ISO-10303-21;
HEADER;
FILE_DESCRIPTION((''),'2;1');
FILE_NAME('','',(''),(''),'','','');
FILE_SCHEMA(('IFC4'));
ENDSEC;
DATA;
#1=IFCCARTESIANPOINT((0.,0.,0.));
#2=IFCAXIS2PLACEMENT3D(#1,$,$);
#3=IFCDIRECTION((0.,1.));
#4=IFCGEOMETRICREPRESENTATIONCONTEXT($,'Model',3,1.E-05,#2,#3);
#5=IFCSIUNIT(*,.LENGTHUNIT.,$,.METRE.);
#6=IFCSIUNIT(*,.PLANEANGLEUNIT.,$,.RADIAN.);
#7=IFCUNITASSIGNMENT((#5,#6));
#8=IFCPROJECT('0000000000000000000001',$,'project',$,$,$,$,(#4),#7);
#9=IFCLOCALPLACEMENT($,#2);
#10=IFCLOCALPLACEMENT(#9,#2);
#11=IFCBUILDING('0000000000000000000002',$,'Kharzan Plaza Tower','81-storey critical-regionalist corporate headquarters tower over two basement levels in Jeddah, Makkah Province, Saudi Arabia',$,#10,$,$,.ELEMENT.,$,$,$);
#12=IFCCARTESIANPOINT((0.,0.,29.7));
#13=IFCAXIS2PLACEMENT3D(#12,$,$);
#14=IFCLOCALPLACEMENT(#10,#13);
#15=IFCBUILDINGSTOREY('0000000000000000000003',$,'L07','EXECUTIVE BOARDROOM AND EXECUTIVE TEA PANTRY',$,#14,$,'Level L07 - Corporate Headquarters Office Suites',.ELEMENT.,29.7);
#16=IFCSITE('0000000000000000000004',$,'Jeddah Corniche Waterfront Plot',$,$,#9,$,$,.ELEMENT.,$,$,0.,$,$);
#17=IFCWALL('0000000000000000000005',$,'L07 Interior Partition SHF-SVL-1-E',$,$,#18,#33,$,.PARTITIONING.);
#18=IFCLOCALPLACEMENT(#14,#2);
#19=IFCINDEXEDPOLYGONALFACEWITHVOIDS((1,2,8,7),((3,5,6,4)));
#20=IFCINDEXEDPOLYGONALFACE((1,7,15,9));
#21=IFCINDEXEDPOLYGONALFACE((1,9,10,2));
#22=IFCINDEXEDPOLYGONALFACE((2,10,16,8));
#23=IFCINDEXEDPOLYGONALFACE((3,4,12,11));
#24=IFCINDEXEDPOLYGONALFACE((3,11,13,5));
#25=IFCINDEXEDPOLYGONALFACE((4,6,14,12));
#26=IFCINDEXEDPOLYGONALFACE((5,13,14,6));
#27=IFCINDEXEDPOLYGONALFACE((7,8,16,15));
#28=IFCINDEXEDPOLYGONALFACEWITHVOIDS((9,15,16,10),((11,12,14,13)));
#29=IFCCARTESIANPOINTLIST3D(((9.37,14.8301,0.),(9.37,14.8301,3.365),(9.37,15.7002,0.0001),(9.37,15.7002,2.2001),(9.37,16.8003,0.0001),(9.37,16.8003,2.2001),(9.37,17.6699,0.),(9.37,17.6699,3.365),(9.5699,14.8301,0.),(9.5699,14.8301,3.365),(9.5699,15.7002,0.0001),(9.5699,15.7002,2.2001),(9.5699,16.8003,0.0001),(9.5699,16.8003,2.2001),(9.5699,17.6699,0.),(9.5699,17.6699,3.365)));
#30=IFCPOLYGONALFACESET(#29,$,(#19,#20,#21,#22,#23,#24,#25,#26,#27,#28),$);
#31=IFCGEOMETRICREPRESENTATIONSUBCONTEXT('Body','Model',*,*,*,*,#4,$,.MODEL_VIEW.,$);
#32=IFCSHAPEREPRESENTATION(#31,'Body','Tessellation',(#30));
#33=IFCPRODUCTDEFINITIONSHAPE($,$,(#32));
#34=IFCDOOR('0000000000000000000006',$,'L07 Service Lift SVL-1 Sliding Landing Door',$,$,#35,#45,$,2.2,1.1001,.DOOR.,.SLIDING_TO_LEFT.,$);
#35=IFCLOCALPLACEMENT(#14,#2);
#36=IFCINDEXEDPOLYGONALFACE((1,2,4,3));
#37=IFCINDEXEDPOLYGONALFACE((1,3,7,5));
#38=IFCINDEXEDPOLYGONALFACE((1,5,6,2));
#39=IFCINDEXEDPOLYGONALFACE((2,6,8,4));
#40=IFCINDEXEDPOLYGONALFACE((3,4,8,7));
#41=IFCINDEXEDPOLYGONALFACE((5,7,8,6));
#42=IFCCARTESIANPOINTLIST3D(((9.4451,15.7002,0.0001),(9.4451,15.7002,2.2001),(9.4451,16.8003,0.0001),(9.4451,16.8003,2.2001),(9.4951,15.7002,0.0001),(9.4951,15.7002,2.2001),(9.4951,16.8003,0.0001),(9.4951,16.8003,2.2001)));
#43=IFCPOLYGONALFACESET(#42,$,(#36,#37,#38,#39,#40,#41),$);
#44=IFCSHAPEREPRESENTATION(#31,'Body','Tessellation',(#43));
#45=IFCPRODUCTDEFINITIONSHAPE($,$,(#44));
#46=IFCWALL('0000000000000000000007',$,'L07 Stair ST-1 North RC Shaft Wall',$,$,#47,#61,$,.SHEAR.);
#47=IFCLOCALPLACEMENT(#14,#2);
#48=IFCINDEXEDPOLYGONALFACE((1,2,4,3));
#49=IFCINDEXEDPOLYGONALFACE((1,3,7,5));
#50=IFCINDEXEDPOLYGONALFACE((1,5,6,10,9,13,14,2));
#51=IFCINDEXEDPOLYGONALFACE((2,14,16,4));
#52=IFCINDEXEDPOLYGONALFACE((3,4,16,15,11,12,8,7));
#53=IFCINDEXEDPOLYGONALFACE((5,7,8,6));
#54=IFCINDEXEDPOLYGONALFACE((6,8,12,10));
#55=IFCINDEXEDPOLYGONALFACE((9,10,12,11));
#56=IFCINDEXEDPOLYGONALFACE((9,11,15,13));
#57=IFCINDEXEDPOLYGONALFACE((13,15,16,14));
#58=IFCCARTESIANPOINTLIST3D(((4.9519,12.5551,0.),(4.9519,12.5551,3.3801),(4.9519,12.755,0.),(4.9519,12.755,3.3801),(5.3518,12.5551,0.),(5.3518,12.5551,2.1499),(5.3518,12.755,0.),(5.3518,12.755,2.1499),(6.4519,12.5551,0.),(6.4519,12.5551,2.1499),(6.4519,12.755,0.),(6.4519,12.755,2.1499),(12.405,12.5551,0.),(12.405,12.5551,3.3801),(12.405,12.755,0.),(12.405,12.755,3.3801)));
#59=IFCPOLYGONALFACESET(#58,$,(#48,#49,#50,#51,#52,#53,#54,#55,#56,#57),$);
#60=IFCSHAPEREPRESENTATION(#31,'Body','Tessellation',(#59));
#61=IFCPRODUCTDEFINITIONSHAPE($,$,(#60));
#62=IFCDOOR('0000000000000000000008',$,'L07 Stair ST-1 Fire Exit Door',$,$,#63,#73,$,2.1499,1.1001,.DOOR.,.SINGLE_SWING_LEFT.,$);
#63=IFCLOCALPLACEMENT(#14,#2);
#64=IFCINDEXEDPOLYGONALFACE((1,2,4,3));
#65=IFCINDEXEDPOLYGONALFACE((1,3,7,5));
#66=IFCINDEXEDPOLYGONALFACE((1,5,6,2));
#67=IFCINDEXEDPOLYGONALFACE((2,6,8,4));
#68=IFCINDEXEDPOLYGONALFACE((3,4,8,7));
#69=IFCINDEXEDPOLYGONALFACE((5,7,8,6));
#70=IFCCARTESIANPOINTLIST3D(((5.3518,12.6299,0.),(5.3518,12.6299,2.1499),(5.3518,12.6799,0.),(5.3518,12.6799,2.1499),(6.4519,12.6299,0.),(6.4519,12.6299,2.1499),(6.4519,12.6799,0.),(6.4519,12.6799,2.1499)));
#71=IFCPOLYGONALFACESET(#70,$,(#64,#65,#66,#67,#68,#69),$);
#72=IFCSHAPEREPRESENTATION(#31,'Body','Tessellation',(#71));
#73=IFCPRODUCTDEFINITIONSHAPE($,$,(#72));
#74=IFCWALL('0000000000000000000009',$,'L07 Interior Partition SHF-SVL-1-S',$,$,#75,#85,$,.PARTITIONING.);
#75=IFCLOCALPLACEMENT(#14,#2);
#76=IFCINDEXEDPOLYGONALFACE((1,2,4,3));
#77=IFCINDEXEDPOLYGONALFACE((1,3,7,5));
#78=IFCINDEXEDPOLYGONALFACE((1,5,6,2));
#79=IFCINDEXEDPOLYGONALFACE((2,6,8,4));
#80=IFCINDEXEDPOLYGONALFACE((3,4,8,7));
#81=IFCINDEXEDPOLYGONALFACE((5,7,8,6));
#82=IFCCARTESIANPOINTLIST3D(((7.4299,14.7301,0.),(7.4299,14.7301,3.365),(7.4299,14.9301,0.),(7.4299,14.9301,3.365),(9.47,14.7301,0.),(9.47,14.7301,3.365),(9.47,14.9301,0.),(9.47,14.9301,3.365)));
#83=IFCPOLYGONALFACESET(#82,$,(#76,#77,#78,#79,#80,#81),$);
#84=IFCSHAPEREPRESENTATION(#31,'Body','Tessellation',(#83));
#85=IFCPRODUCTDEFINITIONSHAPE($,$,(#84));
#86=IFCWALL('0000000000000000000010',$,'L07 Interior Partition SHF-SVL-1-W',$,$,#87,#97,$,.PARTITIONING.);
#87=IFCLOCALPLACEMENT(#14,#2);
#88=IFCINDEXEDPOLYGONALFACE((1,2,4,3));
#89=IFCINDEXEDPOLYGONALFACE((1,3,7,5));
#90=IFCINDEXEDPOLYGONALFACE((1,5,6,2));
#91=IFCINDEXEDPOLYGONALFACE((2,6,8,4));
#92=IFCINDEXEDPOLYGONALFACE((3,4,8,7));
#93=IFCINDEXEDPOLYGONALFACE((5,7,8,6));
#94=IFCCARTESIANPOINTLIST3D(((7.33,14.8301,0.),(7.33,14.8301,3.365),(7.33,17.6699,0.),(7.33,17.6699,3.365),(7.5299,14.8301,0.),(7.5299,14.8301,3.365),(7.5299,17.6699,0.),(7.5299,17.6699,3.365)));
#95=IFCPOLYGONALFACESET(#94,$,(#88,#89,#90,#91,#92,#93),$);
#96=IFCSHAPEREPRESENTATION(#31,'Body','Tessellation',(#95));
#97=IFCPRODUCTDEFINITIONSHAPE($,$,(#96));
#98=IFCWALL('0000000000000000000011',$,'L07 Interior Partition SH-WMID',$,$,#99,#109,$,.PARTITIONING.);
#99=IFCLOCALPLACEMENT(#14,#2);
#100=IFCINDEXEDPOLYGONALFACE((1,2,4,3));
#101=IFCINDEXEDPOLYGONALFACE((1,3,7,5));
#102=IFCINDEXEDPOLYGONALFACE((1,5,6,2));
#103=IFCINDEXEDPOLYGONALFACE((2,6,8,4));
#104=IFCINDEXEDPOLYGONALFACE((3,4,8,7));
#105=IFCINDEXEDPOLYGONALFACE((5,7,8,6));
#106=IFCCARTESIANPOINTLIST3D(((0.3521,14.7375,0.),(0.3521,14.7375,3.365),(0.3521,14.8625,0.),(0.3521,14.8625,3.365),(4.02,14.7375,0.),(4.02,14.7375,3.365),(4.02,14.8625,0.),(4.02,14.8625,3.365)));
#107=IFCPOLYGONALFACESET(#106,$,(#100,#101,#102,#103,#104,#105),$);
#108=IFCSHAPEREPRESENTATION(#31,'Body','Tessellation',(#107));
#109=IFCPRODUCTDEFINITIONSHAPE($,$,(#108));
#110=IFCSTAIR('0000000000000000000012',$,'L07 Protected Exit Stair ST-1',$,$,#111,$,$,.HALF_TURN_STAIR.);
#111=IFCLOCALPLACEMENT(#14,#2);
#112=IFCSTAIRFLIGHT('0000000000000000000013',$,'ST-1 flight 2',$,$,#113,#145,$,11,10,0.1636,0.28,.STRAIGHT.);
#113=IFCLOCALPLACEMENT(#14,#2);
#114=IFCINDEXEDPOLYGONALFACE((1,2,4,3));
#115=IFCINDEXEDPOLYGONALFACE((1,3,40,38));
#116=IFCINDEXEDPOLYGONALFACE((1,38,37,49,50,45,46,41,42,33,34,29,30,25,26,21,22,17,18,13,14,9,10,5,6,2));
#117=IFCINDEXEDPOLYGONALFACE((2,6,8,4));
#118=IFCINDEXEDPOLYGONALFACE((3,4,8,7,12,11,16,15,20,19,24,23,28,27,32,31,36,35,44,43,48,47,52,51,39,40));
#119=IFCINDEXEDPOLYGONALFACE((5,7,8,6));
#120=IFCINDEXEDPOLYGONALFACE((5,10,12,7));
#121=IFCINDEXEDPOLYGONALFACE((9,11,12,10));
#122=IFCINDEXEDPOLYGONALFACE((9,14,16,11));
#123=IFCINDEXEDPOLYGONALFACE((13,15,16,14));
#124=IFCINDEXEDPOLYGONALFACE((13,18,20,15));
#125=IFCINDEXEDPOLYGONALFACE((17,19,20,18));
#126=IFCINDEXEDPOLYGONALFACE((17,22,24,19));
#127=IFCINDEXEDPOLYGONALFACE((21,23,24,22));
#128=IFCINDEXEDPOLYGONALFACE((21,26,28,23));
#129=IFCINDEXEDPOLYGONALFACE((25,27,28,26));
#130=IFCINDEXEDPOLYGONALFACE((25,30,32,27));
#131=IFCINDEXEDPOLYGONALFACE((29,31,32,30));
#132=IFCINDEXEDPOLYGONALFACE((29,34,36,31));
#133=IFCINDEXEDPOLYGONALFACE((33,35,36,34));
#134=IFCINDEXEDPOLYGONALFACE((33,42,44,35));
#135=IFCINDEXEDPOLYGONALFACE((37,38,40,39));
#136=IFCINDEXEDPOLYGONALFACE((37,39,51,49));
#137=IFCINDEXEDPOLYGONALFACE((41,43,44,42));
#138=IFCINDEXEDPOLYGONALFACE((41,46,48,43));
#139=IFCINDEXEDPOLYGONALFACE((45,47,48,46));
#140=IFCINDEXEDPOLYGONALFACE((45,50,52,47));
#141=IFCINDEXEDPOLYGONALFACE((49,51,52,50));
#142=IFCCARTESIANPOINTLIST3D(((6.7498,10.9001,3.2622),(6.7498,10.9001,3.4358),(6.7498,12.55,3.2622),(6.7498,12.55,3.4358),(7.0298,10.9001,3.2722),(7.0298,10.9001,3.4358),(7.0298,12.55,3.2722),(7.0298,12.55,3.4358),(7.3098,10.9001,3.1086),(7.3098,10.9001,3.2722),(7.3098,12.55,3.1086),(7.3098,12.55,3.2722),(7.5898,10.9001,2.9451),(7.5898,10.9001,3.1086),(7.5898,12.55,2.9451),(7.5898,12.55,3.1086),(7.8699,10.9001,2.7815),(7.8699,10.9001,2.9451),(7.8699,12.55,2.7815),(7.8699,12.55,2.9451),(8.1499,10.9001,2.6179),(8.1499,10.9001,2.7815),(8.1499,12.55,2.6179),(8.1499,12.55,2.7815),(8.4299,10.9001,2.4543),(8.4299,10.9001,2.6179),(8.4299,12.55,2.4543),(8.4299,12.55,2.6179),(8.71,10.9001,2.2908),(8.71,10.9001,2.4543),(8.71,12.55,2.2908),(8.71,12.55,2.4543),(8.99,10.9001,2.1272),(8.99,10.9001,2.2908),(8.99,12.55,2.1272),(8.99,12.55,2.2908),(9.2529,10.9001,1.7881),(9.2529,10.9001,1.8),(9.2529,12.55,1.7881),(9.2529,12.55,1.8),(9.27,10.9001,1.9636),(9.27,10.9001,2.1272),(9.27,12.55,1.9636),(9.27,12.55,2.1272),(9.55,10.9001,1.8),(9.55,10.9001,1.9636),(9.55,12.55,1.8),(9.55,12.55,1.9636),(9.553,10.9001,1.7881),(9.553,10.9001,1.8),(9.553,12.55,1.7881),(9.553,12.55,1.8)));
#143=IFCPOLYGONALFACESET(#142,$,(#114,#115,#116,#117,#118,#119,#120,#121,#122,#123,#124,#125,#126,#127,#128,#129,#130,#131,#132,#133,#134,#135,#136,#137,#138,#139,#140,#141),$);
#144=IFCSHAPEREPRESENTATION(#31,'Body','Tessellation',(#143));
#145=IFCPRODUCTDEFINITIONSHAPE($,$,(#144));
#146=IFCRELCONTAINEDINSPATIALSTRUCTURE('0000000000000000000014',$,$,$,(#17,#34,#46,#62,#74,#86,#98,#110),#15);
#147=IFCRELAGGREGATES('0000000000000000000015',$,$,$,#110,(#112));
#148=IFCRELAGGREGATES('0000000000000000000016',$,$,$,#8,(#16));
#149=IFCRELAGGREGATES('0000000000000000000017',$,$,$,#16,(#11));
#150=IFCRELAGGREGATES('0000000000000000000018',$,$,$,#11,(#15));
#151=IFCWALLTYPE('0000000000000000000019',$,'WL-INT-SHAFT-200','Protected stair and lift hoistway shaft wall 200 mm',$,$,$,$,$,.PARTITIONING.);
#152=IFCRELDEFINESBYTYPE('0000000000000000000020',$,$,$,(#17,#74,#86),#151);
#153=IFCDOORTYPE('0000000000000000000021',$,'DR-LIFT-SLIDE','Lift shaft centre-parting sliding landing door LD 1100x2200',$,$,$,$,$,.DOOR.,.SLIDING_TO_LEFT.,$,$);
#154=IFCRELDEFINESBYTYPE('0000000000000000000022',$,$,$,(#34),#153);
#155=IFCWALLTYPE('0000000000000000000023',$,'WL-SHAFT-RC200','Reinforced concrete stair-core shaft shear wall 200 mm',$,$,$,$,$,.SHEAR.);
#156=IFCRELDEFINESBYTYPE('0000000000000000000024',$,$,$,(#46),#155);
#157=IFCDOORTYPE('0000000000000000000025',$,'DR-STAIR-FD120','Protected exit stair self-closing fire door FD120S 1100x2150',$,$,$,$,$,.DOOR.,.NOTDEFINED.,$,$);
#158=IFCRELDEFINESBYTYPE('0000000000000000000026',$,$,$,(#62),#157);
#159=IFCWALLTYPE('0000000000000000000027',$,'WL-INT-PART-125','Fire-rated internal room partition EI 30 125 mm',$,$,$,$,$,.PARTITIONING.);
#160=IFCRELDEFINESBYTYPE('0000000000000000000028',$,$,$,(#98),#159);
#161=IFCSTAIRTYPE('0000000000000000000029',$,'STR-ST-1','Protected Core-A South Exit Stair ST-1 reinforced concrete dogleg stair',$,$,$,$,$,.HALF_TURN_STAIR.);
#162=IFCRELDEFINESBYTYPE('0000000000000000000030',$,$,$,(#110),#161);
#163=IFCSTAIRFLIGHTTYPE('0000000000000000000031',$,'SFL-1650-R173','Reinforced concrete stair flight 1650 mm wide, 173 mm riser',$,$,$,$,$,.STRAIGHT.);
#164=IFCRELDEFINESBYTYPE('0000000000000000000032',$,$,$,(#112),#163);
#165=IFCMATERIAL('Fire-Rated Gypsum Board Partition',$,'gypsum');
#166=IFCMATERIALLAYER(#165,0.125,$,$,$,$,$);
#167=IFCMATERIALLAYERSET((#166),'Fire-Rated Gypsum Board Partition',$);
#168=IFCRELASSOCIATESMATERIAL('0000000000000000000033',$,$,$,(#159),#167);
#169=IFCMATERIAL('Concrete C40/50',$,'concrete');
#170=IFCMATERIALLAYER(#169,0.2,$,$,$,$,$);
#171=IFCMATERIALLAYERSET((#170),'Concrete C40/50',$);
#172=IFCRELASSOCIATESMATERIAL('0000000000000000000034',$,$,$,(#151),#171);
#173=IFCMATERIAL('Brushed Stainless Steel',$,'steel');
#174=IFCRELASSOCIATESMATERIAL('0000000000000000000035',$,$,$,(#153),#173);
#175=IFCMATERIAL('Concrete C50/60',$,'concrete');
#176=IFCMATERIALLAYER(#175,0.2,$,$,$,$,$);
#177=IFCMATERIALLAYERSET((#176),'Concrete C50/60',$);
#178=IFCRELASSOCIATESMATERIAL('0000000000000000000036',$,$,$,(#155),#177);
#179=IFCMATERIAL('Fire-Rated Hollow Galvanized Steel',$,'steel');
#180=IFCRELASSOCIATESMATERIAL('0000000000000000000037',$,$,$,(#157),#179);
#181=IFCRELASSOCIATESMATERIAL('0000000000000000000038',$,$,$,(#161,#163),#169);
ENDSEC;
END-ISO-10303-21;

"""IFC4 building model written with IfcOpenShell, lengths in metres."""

from ifc_helpers import new_model, si_unit, direction, frame, frame_2d, origin, place, context, subcontext, project, spatial, polyline, rectangle, outline, extrude, source, transform, mapped, material, layer, layer_set, type_object, element, fill, aggregate, save


model = new_model("IFC4")

# Units and contexts
model_context = context("Model", 3, precision=1e-05, world=origin(), true_north=direction((0.0, 1.0)))
body_context = subcontext(model_context, "Body", "Model", "MODEL_VIEW")
ifc_project = project(units=[si_unit("LENGTHUNIT", "METRE"), si_unit("PLANEANGLEUNIT", "RADIAN")], contexts=[model_context])

# Site, building, storey
site_placement = place(None, origin())
site = spatial("IfcSite", under=ifc_project, at=site_placement, Name="Jeddah Corniche Waterfront Plot", CompositionType="ELEMENT", RefElevation=0.0)
building_placement = place(site_placement, origin())
building = spatial("IfcBuilding", under=site, at=building_placement, Name="Kharzan Plaza Tower", Description="81-storey critical-regionalist corporate headquarters tower over two basement levels in Jeddah, Makkah Province, Saudi Arabia", CompositionType="ELEMENT")
storey_placement = place(building_placement, frame((0.0, 0.0, 29.7)))
storey = spatial("IfcBuildingStorey", under=building, at=storey_placement, Name="L07", Description="EXECUTIVE BOARDROOM AND EXECUTIVE TEA PANTRY", LongName="Level L07 - Corporate Headquarters Office Suites", CompositionType="ELEMENT", Elevation=29.7)

# Shared definitions
ifc_material_1 = material(Name="Concrete C40/50", Category="concrete")

# Walls, openings, doors
ifc_material_2 = material(Name="Fire-Rated Gypsum Board Partition", Category="gypsum")
ifc_layer_1 = layer(ifc_material_2, 0.125)
ifc_layer_set_1 = layer_set([ifc_layer_1], Name="Fire-Rated Gypsum Board Partition")
wall_type_1 = type_object("IfcWallType", Name="WL-INT-PART-125", Description="Fire-rated internal room partition EI 30 125 mm", PredefinedType="PARTITIONING", material=ifc_layer_set_1)
ifc_layer_2 = layer(ifc_material_1, 0.2)
ifc_layer_set_2 = layer_set([ifc_layer_2], Name="Concrete C40/50")
wall_type_2 = type_object("IfcWallType", Name="WL-INT-SHAFT-200", Description="Protected stair and lift hoistway shaft wall 200 mm", PredefinedType="PARTITIONING", material=ifc_layer_set_2)
wall_1_placement = place(storey_placement, frame((9.47, 14.8301, 0.0), z_axis=(0.0, 0.0, 1.0), x_axis=(0.0, 1.0, 0.0)))
wall_1 = element("IfcWall", 1, at=wall_1_placement, inside=storey, type_object=wall_type_2, Name="L07 Interior Partition SHF-SVL-1-E", PredefinedType="PARTITIONING", context=body_context, shape_type="SweptSolid", body=[
    extrude(rectangle(XDim=2.8398, YDim=0.2, at=frame_2d((1.4199, 0.0))), origin(), (0.0, 0.0, 1.0), 3.365),
])
opening_1_placement = place(wall_1_placement, frame((0.8701, 0.0, 0.0)))
opening_1 = element("IfcOpeningElement", 2, at=opening_1_placement, cuts=wall_1, PredefinedType="OPENING", context=body_context, shape_type="SweptSolid", body=[
    extrude(rectangle(XDim=1.1001, YDim=2.2, at=frame_2d((0.55, 1.1001))), frame((0.0, 0.1099, 0.0), z_axis=(0.0, -1.0, 0.0), x_axis=(1.0, 0.0, 0.0)), (0.0, 0.0, 1.0), 0.22),
])
ifc_material_3 = material(Name="Brushed Stainless Steel", Category="steel")
door_type_1 = type_object("IfcDoorType", Name="DR-LIFT-SLIDE", Description="Lift shaft centre-parting sliding landing door LD 1100x2200", OperationType="SLIDING_TO_LEFT", PredefinedType="DOOR", material=ifc_material_3)
shared_shape_1 = source(origin(), body_context, "Body", "SweptSolid", [
    extrude(rectangle(XDim=1.1001, YDim=2.2, at=frame_2d((0.55, 1.1001))), frame((0.0, 0.0249, 0.0), z_axis=(0.0, -1.0, 0.0), x_axis=(1.0, 0.0, 0.0)), (0.0, 0.0, 1.0), 0.05),
])
door_1_placement = place(opening_1_placement, origin())
door_1 = element("IfcDoor", 3, at=door_1_placement, inside=storey, type_object=door_type_1, Name="L07 Service Lift SVL-1 Sliding Landing Door", OperationType="SLIDING_TO_LEFT", OverallHeight=2.2, OverallWidth=1.1001, PredefinedType="DOOR", context=body_context, shape_type="MappedRepresentation", body=[
    mapped(shared_shape_1, transform((0.0, 0.0, 0.0), x_axis=(1.0, 0.0, 0.0), y_axis=(0.0, 1.0, 0.0), z_axis=(0.0, 0.0, 1.0))),
])
fill(opening_1, door_1)
ifc_material_4 = material(Name="Concrete C50/60", Category="concrete")
ifc_layer_3 = layer(ifc_material_4, 0.2)
ifc_layer_set_3 = layer_set([ifc_layer_3], Name="Concrete C50/60")
wall_type_3 = type_object("IfcWallType", Name="WL-SHAFT-RC200", Description="Reinforced concrete stair-core shaft shear wall 200 mm", PredefinedType="SHEAR", material=ifc_layer_set_3)
wall_2_placement = place(storey_placement, frame((4.9519, 12.655, 0.0), z_axis=(0.0, 0.0, 1.0), x_axis=(1.0, 0.0, 0.0)))
wall_2 = element("IfcWall", 4, at=wall_2_placement, inside=storey, type_object=wall_type_3, Name="L07 Stair ST-1 North RC Shaft Wall", PredefinedType="SHEAR", context=body_context, shape_type="SweptSolid", body=[
    extrude(rectangle(XDim=7.4531, YDim=0.2, at=frame_2d((3.7266, 0.0))), origin(), (0.0, 0.0, 1.0), 3.3801),
])
opening_2_placement = place(wall_2_placement, frame((0.3999, 0.0, 0.0)))
opening_2 = element("IfcOpeningElement", 5, at=opening_2_placement, cuts=wall_2, PredefinedType="OPENING", context=body_context, shape_type="SweptSolid", body=[
    extrude(rectangle(XDim=1.1001, YDim=2.1499, at=frame_2d((0.55, 1.075))), frame((0.0, 0.1099, 0.0), z_axis=(0.0, -1.0, 0.0), x_axis=(1.0, 0.0, 0.0)), (0.0, 0.0, 1.0), 0.22),
])
ifc_material_5 = material(Name="Fire-Rated Hollow Galvanized Steel", Category="steel")
door_type_2 = type_object("IfcDoorType", Name="DR-STAIR-FD120", Description="Protected exit stair self-closing fire door FD120S 1100x2150", OperationType="NOTDEFINED", PredefinedType="DOOR", material=ifc_material_5)
shared_shape_2 = source(origin(), body_context, "Body", "SweptSolid", [
    extrude(rectangle(XDim=1.1001, YDim=2.1499, at=frame_2d((0.55, 1.075))), frame((0.0, 0.0249, 0.0), z_axis=(0.0, -1.0, 0.0), x_axis=(1.0, 0.0, 0.0)), (0.0, 0.0, 1.0), 0.05),
])
door_2_placement = place(opening_2_placement, origin())
door_2 = element("IfcDoor", 6, at=door_2_placement, inside=storey, type_object=door_type_2, Name="L07 Stair ST-1 Fire Exit Door", OperationType="SINGLE_SWING_LEFT", OverallHeight=2.1499, OverallWidth=1.1001, PredefinedType="DOOR", context=body_context, shape_type="MappedRepresentation", body=[
    mapped(shared_shape_2, transform((0.0, 0.0, 0.0), x_axis=(1.0, 0.0, 0.0), y_axis=(0.0, 1.0, 0.0), z_axis=(0.0, 0.0, 1.0))),
])
fill(opening_2, door_2)

# Walls
shared_shape_3 = source(origin(), body_context, "Body", "SweptSolid", [
    extrude(rectangle(XDim=2.04, YDim=0.2, at=frame_2d((1.02, 0.0))), origin(), (0.0, 0.0, 1.0), 3.365),
])
wall_3_placement = place(storey_placement, frame((7.4299, 14.8301, 0.0), z_axis=(0.0, 0.0, 1.0), x_axis=(1.0, 0.0, 0.0)))
element("IfcWall", 7, at=wall_3_placement, inside=storey, type_object=wall_type_2, Name="L07 Interior Partition SHF-SVL-1-S", PredefinedType="PARTITIONING", context=body_context, shape_type="MappedRepresentation", body=[
    mapped(shared_shape_3, transform((0.0, 0.0, 0.0), x_axis=(1.0, 0.0, 0.0), y_axis=(0.0, 1.0, 0.0), z_axis=(0.0, 0.0, 1.0))),
])
shared_shape_4 = source(origin(), body_context, "Body", "SweptSolid", [
    extrude(rectangle(XDim=2.8398, YDim=0.2, at=frame_2d((1.4199, 0.0))), origin(), (0.0, 0.0, 1.0), 3.365),
])
wall_4_placement = place(storey_placement, frame((7.4299, 14.8301, 0.0), z_axis=(0.0, 0.0, 1.0), x_axis=(0.0, 1.0, 0.0)))
element("IfcWall", 8, at=wall_4_placement, inside=storey, type_object=wall_type_2, Name="L07 Interior Partition SHF-SVL-1-W", PredefinedType="PARTITIONING", context=body_context, shape_type="MappedRepresentation", body=[
    mapped(shared_shape_4, transform((0.0, 0.0, 0.0), x_axis=(1.0, 0.0, 0.0), y_axis=(0.0, 1.0, 0.0), z_axis=(0.0, 0.0, 1.0))),
])
shared_shape_5 = source(origin(), body_context, "Body", "SweptSolid", [
    extrude(rectangle(XDim=3.668, YDim=0.125, at=frame_2d((1.834, 0.0))), origin(), (0.0, 0.0, 1.0), 3.365),
])
wall_5_placement = place(storey_placement, frame((0.3521, 14.8, 0.0), z_axis=(0.0, 0.0, 1.0), x_axis=(1.0, 0.0, 0.0)))
element("IfcWall", 9, at=wall_5_placement, inside=storey, type_object=wall_type_1, Name="L07 Interior Partition SH-WMID", PredefinedType="PARTITIONING", context=body_context, shape_type="MappedRepresentation", body=[
    mapped(shared_shape_5, transform((0.0, 0.0, 0.0), x_axis=(1.0, 0.0, 0.0), y_axis=(0.0, 1.0, 0.0), z_axis=(0.0, 0.0, 1.0))),
])

# Stair, stair flight
stair_type = type_object("IfcStairType", Name="STR-ST-1", Description="Protected Core-A South Exit Stair ST-1 reinforced concrete dogleg stair", PredefinedType="HALF_TURN_STAIR", material=ifc_material_1)
stair_placement = place(storey_placement, origin())
stair = element("IfcStair", 10, at=stair_placement, inside=storey, type_object=stair_type, Name="L07 Protected Exit Stair ST-1", PredefinedType="HALF_TURN_STAIR")
stair_flight_type = type_object("IfcStairFlightType", Name="SFL-1650-R173", Description="Reinforced concrete stair flight 1650 mm wide, 173 mm riser", PredefinedType="STRAIGHT", material=ifc_material_1)
shared_shape_6 = source(origin(), body_context, "Body", "SweptSolid", [
    extrude(outline(polyline([(-0.0029, -0.012), (-0.0029, 0.0), (0.0, 0.0), (0.0, 0.1636), (0.28, 0.1636), (0.28, 0.3271), (0.5601, 0.3271), (0.5601, 0.4907), (0.8401, 0.4907), (0.8401, 0.6543), (1.1201, 0.6543), (1.1201, 0.8179), (1.4001, 0.8179), (1.4001, 0.9814), (1.6802, 0.9814), (1.6802, 1.145), (1.9602, 1.145), (1.9602, 1.3086), (2.2402, 1.3086), (2.2402, 1.4722), (2.5203, 1.4722), (2.5203, 1.6357), (2.8003, 1.6357), (2.8003, 1.7993), (2.8003, 1.4622), (0.2971, 0.0), (0.2971, -0.012), (-0.0029, -0.012)])), frame((0.0, 0.825, 0.0), z_axis=(0.0, -1.0, 0.0), x_axis=(1.0, 0.0, 0.0)), (0.0, 0.0, 1.0), 1.6499),
])
stair_flight_placement = place(storey_placement, frame((9.55, 11.7251, 1.8), z_axis=(0.0, 0.0, 1.0), x_axis=(-1.0, 0.0, 0.0)))
stair_flight = element("IfcStairFlight", 11, at=stair_flight_placement, type_object=stair_flight_type, Name="ST-1 flight 2", NumberOfRisers=11, NumberOfTreads=10, PredefinedType="STRAIGHT", RiserHeight=0.1636, TreadLength=0.28, context=body_context, shape_type="MappedRepresentation", body=[
    mapped(shared_shape_6, transform((0.0, 0.0, 0.0), x_axis=(1.0, 0.0, 0.0), y_axis=(0.0, 1.0, 0.0), z_axis=(0.0, 0.0, 1.0))),
])
aggregate(stair, [stair_flight])

save(model, "model.ifc")
